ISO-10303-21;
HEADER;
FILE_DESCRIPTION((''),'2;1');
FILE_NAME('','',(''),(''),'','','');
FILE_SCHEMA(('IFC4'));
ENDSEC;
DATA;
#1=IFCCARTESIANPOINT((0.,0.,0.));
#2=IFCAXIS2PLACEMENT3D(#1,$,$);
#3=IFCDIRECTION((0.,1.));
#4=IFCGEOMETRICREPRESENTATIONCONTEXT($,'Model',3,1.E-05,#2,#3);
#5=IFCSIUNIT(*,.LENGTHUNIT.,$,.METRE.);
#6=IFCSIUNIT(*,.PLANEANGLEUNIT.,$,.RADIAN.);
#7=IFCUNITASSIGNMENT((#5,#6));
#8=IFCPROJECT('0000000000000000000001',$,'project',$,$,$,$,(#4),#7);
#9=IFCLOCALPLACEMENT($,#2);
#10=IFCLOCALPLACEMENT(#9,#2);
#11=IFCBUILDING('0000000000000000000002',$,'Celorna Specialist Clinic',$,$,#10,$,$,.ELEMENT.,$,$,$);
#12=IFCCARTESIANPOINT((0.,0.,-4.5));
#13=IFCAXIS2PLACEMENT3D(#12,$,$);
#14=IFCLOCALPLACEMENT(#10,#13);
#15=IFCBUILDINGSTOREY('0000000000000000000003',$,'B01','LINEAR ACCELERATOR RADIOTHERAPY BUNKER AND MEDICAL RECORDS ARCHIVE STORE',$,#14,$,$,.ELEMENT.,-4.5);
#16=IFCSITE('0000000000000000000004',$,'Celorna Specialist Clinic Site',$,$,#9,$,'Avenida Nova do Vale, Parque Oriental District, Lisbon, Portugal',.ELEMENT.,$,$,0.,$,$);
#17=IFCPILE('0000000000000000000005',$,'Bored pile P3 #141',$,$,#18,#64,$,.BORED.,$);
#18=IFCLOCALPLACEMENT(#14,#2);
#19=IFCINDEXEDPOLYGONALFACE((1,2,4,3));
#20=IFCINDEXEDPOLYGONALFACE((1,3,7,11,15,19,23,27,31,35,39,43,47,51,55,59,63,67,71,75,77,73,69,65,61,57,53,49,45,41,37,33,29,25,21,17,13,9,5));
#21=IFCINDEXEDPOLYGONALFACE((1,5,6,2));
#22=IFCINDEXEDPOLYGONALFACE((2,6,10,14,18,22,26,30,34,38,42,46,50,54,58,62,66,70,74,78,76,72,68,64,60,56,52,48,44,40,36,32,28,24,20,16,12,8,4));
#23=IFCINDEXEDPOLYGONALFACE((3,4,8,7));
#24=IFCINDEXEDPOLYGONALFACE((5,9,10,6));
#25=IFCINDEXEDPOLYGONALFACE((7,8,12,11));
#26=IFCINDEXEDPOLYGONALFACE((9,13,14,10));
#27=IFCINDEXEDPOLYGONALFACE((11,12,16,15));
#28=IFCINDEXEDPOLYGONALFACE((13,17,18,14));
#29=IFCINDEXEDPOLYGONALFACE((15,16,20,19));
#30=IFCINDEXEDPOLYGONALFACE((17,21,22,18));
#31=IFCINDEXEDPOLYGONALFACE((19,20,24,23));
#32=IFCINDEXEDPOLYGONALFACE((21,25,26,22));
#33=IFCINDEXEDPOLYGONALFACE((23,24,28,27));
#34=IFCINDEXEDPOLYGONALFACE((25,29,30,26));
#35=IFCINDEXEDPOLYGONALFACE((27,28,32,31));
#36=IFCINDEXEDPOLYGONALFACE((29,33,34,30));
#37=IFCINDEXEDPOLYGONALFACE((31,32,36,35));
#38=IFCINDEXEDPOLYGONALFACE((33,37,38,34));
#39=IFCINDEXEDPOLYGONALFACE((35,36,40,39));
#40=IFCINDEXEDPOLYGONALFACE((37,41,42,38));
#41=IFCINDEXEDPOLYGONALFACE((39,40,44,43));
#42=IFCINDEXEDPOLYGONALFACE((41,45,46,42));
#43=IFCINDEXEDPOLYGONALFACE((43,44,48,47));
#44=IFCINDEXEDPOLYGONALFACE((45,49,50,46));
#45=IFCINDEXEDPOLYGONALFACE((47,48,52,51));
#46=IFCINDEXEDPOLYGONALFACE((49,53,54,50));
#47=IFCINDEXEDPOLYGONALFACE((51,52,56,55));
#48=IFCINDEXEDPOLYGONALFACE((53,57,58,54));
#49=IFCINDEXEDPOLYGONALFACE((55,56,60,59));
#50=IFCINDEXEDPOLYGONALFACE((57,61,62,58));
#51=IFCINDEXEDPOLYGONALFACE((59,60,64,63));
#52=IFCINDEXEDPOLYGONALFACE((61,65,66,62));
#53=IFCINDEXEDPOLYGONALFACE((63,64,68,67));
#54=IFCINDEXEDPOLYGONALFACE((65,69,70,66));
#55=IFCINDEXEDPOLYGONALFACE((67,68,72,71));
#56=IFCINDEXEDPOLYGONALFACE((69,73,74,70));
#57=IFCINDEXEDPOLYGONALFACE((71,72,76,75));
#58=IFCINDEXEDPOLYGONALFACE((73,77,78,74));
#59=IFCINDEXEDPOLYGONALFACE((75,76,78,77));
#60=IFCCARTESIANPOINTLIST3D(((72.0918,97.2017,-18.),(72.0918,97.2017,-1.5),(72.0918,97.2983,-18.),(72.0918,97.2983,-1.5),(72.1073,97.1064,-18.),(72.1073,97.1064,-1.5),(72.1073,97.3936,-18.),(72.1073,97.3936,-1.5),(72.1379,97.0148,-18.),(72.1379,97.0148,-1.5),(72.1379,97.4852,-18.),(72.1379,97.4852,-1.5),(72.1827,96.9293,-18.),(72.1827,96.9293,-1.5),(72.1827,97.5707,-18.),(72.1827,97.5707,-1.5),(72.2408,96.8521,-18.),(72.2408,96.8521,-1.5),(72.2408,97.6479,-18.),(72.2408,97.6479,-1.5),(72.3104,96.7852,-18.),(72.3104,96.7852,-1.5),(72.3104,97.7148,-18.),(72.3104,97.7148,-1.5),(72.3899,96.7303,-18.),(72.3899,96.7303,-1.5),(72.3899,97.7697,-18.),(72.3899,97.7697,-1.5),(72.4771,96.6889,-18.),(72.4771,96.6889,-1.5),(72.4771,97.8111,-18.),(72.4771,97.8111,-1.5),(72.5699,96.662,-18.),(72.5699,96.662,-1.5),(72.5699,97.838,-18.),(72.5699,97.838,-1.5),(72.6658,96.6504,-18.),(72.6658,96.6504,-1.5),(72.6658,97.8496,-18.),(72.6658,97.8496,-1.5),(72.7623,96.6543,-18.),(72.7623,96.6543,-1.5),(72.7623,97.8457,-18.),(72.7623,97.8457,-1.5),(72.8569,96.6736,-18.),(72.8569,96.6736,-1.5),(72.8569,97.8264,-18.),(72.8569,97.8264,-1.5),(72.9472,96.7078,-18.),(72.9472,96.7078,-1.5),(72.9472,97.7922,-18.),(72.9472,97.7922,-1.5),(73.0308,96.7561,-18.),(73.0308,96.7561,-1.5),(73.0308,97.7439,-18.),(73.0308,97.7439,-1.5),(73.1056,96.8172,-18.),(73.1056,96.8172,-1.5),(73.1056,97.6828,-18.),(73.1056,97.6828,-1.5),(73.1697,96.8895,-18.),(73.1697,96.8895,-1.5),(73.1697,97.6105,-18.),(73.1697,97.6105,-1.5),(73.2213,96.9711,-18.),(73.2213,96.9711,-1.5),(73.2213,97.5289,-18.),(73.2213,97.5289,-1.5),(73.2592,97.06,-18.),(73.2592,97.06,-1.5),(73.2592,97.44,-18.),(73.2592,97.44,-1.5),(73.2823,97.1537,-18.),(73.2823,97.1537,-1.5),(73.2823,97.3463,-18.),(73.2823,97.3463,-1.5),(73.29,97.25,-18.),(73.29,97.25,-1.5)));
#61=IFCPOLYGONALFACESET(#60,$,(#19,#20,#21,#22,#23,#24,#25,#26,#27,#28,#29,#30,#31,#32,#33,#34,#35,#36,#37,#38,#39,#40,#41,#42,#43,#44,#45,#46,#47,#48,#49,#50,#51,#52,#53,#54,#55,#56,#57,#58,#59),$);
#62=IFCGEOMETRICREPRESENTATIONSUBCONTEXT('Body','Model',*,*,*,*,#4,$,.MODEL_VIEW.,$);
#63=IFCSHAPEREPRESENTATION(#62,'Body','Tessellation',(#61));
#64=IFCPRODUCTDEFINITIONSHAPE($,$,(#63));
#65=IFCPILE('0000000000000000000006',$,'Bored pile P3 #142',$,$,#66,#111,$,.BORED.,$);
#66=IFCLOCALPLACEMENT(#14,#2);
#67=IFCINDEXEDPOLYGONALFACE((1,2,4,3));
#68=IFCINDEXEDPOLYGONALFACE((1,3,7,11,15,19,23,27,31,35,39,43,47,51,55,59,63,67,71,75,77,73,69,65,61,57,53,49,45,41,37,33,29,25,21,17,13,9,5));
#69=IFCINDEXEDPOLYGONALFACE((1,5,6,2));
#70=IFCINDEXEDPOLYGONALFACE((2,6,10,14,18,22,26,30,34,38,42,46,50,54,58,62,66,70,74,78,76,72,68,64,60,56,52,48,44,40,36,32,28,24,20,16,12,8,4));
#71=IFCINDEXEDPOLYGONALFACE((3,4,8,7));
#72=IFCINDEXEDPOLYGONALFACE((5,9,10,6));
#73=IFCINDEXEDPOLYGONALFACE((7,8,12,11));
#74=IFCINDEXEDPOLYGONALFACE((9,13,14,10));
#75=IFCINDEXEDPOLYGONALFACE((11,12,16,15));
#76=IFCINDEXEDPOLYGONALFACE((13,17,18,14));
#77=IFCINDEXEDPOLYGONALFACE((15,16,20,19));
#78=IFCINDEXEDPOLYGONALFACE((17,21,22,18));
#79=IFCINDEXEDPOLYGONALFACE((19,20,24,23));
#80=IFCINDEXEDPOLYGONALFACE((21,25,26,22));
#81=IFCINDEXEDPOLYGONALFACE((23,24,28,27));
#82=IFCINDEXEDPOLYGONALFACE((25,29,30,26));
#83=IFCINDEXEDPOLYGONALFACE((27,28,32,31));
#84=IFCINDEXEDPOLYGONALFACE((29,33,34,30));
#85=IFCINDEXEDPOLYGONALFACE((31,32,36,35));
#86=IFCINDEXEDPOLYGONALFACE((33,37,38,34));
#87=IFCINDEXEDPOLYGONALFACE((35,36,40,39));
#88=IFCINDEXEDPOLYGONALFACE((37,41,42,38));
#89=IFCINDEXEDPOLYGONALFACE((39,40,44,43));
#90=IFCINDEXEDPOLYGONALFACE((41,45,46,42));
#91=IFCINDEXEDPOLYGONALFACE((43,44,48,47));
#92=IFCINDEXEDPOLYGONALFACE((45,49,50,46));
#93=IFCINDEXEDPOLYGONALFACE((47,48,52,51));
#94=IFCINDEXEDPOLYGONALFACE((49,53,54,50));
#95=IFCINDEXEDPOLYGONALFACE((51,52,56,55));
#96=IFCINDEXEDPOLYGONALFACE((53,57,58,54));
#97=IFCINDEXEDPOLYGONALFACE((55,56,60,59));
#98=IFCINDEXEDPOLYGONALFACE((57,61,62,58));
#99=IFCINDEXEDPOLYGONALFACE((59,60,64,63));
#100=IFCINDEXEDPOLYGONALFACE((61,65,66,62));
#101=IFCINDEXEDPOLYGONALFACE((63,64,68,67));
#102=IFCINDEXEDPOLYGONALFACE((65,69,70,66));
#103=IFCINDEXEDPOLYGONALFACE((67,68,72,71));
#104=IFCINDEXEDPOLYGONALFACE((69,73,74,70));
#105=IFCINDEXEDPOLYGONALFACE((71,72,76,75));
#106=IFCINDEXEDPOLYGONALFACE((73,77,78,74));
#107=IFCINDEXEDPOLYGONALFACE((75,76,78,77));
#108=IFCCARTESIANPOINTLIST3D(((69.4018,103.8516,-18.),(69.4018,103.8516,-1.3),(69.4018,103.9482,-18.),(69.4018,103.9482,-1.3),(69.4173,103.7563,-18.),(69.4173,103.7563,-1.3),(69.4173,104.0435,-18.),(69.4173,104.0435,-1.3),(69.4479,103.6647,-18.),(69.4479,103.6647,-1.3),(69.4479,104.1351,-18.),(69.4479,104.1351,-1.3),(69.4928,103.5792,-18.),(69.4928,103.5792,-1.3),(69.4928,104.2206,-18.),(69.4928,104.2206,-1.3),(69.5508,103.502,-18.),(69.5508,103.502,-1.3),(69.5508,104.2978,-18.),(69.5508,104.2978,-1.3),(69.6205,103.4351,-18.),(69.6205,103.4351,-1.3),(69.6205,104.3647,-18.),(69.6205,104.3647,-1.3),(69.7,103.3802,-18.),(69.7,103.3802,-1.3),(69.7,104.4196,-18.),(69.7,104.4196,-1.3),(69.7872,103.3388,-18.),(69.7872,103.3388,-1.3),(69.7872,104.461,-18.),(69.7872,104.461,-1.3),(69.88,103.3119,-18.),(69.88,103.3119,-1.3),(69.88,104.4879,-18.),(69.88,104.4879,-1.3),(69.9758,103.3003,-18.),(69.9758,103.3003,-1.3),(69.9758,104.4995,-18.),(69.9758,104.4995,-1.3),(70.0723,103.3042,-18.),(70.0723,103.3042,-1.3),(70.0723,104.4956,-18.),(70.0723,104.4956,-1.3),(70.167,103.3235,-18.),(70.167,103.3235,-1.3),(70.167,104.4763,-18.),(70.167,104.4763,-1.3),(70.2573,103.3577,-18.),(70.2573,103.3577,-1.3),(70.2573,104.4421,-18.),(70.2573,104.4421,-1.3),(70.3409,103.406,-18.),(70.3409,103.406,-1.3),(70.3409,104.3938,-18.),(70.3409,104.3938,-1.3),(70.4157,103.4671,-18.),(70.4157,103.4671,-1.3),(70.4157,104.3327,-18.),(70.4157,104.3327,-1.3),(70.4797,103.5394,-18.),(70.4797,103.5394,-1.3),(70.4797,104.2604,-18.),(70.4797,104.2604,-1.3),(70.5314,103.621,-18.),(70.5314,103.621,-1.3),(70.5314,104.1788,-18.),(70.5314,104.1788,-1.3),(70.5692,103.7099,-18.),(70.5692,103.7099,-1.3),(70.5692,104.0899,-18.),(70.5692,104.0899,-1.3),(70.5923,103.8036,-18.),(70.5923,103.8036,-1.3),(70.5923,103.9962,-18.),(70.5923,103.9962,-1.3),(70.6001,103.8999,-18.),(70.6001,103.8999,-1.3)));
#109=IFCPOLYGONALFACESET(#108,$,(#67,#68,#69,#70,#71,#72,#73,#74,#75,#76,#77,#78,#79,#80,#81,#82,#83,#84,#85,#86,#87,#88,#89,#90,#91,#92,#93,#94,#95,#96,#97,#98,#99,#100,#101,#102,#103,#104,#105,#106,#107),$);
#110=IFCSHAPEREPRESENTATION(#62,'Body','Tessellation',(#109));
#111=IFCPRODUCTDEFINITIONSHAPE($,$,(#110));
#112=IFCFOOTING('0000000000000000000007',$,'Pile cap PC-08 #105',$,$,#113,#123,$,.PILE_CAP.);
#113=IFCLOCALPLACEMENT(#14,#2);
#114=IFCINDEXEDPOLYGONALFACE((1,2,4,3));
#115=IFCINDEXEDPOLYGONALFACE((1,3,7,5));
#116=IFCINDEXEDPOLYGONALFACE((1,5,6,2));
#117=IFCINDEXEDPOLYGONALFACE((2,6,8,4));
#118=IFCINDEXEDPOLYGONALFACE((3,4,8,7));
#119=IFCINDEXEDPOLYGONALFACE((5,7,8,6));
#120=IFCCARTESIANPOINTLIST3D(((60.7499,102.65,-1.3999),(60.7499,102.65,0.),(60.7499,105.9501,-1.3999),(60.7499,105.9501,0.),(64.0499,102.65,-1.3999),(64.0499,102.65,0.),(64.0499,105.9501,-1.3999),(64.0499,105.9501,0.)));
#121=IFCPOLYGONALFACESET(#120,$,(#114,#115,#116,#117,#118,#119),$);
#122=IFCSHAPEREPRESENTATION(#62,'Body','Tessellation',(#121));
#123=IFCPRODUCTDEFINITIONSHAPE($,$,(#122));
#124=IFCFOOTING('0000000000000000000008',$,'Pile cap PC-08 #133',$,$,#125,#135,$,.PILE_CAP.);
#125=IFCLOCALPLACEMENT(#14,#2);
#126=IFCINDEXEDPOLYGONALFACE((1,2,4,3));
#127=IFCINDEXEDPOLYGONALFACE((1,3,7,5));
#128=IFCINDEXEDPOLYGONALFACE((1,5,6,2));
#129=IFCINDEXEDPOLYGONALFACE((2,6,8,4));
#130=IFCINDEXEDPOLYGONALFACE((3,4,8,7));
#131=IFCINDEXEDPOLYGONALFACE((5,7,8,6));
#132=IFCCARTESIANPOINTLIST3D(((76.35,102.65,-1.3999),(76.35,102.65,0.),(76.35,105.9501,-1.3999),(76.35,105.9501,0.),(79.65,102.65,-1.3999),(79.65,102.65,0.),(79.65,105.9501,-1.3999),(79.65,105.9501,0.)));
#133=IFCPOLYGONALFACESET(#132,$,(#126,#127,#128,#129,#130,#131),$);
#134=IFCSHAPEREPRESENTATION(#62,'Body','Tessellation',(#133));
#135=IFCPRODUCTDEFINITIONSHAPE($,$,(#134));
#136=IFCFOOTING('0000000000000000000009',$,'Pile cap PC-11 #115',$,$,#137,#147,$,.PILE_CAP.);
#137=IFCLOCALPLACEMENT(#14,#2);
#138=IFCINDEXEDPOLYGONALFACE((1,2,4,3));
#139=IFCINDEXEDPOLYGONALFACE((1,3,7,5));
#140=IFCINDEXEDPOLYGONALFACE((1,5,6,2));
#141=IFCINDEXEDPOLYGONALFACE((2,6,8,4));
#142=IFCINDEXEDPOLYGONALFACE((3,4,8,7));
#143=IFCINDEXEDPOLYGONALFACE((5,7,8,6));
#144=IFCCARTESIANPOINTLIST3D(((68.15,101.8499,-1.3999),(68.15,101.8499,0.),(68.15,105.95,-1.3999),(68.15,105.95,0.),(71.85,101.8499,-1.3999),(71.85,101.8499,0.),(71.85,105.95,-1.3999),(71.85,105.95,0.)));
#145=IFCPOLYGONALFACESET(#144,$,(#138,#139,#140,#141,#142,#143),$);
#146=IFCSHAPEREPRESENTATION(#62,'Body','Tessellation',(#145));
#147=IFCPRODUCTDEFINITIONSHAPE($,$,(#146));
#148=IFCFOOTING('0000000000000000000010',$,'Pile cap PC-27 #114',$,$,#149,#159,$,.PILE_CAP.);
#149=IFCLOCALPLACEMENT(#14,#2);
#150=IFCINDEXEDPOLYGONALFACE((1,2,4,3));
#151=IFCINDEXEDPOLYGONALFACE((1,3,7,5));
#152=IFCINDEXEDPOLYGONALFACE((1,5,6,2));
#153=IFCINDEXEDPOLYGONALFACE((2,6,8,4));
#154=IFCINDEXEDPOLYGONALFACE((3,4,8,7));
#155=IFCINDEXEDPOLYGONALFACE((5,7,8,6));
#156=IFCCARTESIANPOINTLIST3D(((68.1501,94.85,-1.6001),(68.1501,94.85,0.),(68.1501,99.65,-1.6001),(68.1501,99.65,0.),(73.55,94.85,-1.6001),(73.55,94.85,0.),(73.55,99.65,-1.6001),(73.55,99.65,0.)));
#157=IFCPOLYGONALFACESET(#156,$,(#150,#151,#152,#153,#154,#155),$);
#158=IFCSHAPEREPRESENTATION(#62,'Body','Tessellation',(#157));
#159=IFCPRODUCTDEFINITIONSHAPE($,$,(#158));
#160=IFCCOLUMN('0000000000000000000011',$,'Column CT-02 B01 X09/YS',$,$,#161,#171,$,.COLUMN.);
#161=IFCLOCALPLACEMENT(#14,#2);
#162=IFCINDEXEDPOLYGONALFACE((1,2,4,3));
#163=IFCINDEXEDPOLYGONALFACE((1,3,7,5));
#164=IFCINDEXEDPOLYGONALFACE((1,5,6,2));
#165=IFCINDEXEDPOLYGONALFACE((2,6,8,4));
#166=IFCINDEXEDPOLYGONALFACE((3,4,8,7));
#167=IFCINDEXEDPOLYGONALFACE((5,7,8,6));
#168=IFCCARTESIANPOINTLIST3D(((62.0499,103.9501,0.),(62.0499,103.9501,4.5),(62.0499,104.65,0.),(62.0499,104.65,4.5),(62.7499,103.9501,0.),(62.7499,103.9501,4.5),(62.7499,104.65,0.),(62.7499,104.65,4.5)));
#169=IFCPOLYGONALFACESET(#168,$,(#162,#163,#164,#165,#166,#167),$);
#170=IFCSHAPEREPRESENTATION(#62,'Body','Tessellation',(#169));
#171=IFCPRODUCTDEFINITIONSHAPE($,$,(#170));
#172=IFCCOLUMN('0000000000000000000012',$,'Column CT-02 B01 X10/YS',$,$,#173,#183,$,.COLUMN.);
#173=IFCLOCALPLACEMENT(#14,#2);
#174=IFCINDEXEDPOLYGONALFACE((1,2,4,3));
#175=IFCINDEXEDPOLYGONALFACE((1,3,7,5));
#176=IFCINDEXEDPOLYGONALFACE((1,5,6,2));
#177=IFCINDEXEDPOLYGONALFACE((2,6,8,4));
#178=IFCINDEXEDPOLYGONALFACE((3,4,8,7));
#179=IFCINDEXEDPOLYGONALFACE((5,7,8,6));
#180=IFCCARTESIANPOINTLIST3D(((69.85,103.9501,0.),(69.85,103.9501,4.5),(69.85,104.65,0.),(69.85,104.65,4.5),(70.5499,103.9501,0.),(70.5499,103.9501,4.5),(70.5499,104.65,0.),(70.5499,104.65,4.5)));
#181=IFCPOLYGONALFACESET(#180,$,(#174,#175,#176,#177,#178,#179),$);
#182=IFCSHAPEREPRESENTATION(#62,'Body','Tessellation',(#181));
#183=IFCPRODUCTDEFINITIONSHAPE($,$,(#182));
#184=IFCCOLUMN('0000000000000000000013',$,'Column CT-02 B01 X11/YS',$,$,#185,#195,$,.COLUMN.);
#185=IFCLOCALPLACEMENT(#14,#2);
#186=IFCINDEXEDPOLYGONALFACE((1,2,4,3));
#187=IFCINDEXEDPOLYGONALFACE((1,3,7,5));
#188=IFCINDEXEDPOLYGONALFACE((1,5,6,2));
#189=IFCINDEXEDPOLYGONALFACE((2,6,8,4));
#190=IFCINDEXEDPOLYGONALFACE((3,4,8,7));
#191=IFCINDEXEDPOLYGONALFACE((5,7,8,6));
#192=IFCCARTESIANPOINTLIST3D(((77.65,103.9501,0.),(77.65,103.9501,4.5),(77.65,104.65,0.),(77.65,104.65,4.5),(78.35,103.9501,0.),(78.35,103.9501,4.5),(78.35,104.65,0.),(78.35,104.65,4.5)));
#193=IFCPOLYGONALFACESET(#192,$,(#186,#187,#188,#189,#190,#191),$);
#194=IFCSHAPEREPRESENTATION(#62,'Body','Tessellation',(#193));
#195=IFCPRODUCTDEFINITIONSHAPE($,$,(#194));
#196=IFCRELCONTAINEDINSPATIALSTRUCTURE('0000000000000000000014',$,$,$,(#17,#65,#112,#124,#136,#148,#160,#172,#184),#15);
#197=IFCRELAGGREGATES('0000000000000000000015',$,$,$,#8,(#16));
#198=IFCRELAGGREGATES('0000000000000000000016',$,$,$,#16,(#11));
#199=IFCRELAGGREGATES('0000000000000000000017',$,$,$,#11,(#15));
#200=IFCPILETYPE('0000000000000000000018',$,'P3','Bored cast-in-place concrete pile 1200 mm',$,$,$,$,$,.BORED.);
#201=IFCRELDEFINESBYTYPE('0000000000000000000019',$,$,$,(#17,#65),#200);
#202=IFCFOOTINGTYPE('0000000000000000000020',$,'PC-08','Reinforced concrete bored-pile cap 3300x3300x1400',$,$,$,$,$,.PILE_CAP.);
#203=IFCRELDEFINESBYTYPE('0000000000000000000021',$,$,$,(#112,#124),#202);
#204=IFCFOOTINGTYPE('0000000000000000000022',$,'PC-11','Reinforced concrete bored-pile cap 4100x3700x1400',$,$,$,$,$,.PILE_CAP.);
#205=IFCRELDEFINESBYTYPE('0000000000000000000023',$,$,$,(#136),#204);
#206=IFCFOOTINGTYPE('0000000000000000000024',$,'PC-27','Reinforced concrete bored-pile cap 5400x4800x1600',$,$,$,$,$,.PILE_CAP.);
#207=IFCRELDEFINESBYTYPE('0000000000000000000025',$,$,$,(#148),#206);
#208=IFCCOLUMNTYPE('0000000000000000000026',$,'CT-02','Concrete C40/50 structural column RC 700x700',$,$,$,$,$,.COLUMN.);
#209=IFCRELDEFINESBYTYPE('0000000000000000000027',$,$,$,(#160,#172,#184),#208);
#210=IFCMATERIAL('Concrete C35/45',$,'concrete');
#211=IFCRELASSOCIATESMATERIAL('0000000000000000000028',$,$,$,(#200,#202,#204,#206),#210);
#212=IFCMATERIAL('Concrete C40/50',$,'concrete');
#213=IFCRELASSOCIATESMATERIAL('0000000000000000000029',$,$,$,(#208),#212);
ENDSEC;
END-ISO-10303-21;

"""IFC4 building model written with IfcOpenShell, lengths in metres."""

from ifc_helpers import new_model, si_unit, direction, frame, origin, origin_2d, place, context, subcontext, project, spatial, rectangle, circle, extrude, material, material_profile, profile_set, type_object, element, save


model = new_model("IFC4")

# Units and contexts
model_context = context("Model", 3, precision=1e-05, world=origin(), true_north=direction((0.0, 1.0)))
body_context = subcontext(model_context, "Body", "Model", "MODEL_VIEW")
ifc_project = project(units=[si_unit("LENGTHUNIT", "METRE"), si_unit("PLANEANGLEUNIT", "RADIAN")], contexts=[model_context])

# Site, building, storey
site_placement = place(None, origin())
site = spatial("IfcSite", under=ifc_project, at=site_placement, Name="Celorna Specialist Clinic Site", LongName="Avenida Nova do Vale, Parque Oriental District, Lisbon, Portugal", CompositionType="ELEMENT", RefElevation=0.0)
building_placement = place(site_placement, origin())
building = spatial("IfcBuilding", under=site, at=building_placement, Name="Celorna Specialist Clinic", CompositionType="ELEMENT")
storey_placement = place(building_placement, frame((0.0, 0.0, -4.5)))
storey = spatial("IfcBuildingStorey", under=building, at=storey_placement, Name="B01", Description="LINEAR ACCELERATOR RADIOTHERAPY BUNKER AND MEDICAL RECORDS ARCHIVE STORE", CompositionType="ELEMENT", Elevation=-4.5)

# Shared definitions
ifc_material_1 = material(Name="Concrete C35/45", Category="concrete")

# Piles
ifc_material_profile_1 = material_profile(ifc_material_1, circle(Radius=0.6001, at=origin_2d()), Name="BORED PILE 1200")
ifc_profile_set_1 = profile_set([ifc_material_profile_1], Name="Concrete C35/45")
pile_type_1 = type_object("IfcPileType", Name="P3", Description="Bored cast-in-place concrete pile 1200 mm", PredefinedType="BORED", material=ifc_profile_set_1)
for number, where, z_axis, x_axis, name in (
    (1, (72.6899, 97.25, -1.5), (0.0, 0.0, -1.0), (1.0, 0.0, 0.0), "Bored pile P3 #141"),
):
    element("IfcPile", number, at=place(storey_placement, frame(where, z_axis=z_axis, x_axis=x_axis)), inside=storey, type_object=pile_type_1, Name=name, PredefinedType="BORED", context=body_context, shape_type="SweptSolid", body=[
        extrude(circle(Radius=0.6001, at=origin_2d()), origin(), (0.0, 0.0, 1.0), 16.5),
    ])
pile_placement = place(storey_placement, frame((70.0, 103.8999, -1.3), z_axis=(0.0, 0.0, -1.0), x_axis=(1.0, 0.0, 0.0)))
element("IfcPile", 2, at=pile_placement, inside=storey, type_object=pile_type_1, Name="Bored pile P3 #142", PredefinedType="BORED", context=body_context, shape_type="SweptSolid", body=[
    extrude(circle(Radius=0.6001, at=origin_2d()), origin(), (0.0, 0.0, 1.0), 16.7),
])

# Footings
footing_type_1 = type_object("IfcFootingType", Name="PC-08", Description="Reinforced concrete bored-pile cap 3300x3300x1400", PredefinedType="PILE_CAP", material=ifc_material_1)
for number, where, z_axis, x_axis, name in (
    (3, (62.3999, 104.3, -1.3999), (0.0, 0.0, 1.0), (1.0, 0.0, 0.0), "Pile cap PC-08 #105"),
    (4, (78.0, 104.3, -1.3999), (0.0, 0.0, 1.0), (1.0, 0.0, 0.0), "Pile cap PC-08 #133"),
):
    element("IfcFooting", number, at=place(storey_placement, frame(where, z_axis=z_axis, x_axis=x_axis)), inside=storey, type_object=footing_type_1, Name=name, PredefinedType="PILE_CAP", context=body_context, shape_type="SweptSolid", body=[
        extrude(rectangle(XDim=3.3, YDim=3.3, at=origin_2d()), origin(), (0.0, 0.0, 1.0), 1.3999),
    ])
footing_type_2 = type_object("IfcFootingType", Name="PC-11", Description="Reinforced concrete bored-pile cap 4100x3700x1400", PredefinedType="PILE_CAP", material=ifc_material_1)
footing_1_placement = place(storey_placement, frame((70.0, 103.8999, -1.3999), z_axis=(0.0, 0.0, 1.0), x_axis=(1.0, 0.0, 0.0)))
element("IfcFooting", 5, at=footing_1_placement, inside=storey, type_object=footing_type_2, Name="Pile cap PC-11 #115", PredefinedType="PILE_CAP", context=body_context, shape_type="SweptSolid", body=[
    extrude(rectangle(XDim=3.7, YDim=4.1001, at=origin_2d()), origin(), (0.0, 0.0, 1.0), 1.3999),
])
footing_type_3 = type_object("IfcFootingType", Name="PC-27", Description="Reinforced concrete bored-pile cap 5400x4800x1600", PredefinedType="PILE_CAP", material=ifc_material_1)
footing_2_placement = place(storey_placement, frame((70.8501, 97.25, -1.6001), z_axis=(0.0, 0.0, 1.0), x_axis=(1.0, 0.0, 0.0)))
element("IfcFooting", 6, at=footing_2_placement, inside=storey, type_object=footing_type_3, Name="Pile cap PC-27 #114", PredefinedType="PILE_CAP", context=body_context, shape_type="SweptSolid", body=[
    extrude(rectangle(XDim=5.3999, YDim=4.8, at=origin_2d()), origin(), (0.0, 0.0, 1.0), 1.6001),
])

# Columns
ifc_material_2 = material(Name="Concrete C40/50", Category="concrete")
ifc_material_profile_2 = material_profile(ifc_material_2, rectangle(XDim=0.7, YDim=0.7, at=origin_2d()), Name="RC 700x700")
ifc_profile_set_2 = profile_set([ifc_material_profile_2], Name="Concrete C40/50")
column_type = type_object("IfcColumnType", Name="CT-02", Description="Concrete C40/50 structural column RC 700x700", PredefinedType="COLUMN", material=ifc_profile_set_2)
for number, where, z_axis, x_axis, name in (
    (7, (62.3999, 104.3, 0.0), (0.0, 0.0, 1.0), (1.0, 0.0, 0.0), "Column CT-02 B01 X09/YS"),
    (8, (70.2, 104.3, 0.0), (0.0, 0.0, 1.0), (1.0, 0.0, 0.0), "Column CT-02 B01 X10/YS"),
    (9, (78.0, 104.3, 0.0), (0.0, 0.0, 1.0), (1.0, 0.0, 0.0), "Column CT-02 B01 X11/YS"),
):
    element("IfcColumn", number, at=place(storey_placement, frame(where, z_axis=z_axis, x_axis=x_axis)), inside=storey, type_object=column_type, Name=name, PredefinedType="COLUMN", context=body_context, shape_type="SweptSolid", body=[
        extrude(rectangle(XDim=0.7, YDim=0.7, at=origin_2d()), origin(), (0.0, 0.0, 1.0), 4.5),
    ])

save(model, "model.ifc")
